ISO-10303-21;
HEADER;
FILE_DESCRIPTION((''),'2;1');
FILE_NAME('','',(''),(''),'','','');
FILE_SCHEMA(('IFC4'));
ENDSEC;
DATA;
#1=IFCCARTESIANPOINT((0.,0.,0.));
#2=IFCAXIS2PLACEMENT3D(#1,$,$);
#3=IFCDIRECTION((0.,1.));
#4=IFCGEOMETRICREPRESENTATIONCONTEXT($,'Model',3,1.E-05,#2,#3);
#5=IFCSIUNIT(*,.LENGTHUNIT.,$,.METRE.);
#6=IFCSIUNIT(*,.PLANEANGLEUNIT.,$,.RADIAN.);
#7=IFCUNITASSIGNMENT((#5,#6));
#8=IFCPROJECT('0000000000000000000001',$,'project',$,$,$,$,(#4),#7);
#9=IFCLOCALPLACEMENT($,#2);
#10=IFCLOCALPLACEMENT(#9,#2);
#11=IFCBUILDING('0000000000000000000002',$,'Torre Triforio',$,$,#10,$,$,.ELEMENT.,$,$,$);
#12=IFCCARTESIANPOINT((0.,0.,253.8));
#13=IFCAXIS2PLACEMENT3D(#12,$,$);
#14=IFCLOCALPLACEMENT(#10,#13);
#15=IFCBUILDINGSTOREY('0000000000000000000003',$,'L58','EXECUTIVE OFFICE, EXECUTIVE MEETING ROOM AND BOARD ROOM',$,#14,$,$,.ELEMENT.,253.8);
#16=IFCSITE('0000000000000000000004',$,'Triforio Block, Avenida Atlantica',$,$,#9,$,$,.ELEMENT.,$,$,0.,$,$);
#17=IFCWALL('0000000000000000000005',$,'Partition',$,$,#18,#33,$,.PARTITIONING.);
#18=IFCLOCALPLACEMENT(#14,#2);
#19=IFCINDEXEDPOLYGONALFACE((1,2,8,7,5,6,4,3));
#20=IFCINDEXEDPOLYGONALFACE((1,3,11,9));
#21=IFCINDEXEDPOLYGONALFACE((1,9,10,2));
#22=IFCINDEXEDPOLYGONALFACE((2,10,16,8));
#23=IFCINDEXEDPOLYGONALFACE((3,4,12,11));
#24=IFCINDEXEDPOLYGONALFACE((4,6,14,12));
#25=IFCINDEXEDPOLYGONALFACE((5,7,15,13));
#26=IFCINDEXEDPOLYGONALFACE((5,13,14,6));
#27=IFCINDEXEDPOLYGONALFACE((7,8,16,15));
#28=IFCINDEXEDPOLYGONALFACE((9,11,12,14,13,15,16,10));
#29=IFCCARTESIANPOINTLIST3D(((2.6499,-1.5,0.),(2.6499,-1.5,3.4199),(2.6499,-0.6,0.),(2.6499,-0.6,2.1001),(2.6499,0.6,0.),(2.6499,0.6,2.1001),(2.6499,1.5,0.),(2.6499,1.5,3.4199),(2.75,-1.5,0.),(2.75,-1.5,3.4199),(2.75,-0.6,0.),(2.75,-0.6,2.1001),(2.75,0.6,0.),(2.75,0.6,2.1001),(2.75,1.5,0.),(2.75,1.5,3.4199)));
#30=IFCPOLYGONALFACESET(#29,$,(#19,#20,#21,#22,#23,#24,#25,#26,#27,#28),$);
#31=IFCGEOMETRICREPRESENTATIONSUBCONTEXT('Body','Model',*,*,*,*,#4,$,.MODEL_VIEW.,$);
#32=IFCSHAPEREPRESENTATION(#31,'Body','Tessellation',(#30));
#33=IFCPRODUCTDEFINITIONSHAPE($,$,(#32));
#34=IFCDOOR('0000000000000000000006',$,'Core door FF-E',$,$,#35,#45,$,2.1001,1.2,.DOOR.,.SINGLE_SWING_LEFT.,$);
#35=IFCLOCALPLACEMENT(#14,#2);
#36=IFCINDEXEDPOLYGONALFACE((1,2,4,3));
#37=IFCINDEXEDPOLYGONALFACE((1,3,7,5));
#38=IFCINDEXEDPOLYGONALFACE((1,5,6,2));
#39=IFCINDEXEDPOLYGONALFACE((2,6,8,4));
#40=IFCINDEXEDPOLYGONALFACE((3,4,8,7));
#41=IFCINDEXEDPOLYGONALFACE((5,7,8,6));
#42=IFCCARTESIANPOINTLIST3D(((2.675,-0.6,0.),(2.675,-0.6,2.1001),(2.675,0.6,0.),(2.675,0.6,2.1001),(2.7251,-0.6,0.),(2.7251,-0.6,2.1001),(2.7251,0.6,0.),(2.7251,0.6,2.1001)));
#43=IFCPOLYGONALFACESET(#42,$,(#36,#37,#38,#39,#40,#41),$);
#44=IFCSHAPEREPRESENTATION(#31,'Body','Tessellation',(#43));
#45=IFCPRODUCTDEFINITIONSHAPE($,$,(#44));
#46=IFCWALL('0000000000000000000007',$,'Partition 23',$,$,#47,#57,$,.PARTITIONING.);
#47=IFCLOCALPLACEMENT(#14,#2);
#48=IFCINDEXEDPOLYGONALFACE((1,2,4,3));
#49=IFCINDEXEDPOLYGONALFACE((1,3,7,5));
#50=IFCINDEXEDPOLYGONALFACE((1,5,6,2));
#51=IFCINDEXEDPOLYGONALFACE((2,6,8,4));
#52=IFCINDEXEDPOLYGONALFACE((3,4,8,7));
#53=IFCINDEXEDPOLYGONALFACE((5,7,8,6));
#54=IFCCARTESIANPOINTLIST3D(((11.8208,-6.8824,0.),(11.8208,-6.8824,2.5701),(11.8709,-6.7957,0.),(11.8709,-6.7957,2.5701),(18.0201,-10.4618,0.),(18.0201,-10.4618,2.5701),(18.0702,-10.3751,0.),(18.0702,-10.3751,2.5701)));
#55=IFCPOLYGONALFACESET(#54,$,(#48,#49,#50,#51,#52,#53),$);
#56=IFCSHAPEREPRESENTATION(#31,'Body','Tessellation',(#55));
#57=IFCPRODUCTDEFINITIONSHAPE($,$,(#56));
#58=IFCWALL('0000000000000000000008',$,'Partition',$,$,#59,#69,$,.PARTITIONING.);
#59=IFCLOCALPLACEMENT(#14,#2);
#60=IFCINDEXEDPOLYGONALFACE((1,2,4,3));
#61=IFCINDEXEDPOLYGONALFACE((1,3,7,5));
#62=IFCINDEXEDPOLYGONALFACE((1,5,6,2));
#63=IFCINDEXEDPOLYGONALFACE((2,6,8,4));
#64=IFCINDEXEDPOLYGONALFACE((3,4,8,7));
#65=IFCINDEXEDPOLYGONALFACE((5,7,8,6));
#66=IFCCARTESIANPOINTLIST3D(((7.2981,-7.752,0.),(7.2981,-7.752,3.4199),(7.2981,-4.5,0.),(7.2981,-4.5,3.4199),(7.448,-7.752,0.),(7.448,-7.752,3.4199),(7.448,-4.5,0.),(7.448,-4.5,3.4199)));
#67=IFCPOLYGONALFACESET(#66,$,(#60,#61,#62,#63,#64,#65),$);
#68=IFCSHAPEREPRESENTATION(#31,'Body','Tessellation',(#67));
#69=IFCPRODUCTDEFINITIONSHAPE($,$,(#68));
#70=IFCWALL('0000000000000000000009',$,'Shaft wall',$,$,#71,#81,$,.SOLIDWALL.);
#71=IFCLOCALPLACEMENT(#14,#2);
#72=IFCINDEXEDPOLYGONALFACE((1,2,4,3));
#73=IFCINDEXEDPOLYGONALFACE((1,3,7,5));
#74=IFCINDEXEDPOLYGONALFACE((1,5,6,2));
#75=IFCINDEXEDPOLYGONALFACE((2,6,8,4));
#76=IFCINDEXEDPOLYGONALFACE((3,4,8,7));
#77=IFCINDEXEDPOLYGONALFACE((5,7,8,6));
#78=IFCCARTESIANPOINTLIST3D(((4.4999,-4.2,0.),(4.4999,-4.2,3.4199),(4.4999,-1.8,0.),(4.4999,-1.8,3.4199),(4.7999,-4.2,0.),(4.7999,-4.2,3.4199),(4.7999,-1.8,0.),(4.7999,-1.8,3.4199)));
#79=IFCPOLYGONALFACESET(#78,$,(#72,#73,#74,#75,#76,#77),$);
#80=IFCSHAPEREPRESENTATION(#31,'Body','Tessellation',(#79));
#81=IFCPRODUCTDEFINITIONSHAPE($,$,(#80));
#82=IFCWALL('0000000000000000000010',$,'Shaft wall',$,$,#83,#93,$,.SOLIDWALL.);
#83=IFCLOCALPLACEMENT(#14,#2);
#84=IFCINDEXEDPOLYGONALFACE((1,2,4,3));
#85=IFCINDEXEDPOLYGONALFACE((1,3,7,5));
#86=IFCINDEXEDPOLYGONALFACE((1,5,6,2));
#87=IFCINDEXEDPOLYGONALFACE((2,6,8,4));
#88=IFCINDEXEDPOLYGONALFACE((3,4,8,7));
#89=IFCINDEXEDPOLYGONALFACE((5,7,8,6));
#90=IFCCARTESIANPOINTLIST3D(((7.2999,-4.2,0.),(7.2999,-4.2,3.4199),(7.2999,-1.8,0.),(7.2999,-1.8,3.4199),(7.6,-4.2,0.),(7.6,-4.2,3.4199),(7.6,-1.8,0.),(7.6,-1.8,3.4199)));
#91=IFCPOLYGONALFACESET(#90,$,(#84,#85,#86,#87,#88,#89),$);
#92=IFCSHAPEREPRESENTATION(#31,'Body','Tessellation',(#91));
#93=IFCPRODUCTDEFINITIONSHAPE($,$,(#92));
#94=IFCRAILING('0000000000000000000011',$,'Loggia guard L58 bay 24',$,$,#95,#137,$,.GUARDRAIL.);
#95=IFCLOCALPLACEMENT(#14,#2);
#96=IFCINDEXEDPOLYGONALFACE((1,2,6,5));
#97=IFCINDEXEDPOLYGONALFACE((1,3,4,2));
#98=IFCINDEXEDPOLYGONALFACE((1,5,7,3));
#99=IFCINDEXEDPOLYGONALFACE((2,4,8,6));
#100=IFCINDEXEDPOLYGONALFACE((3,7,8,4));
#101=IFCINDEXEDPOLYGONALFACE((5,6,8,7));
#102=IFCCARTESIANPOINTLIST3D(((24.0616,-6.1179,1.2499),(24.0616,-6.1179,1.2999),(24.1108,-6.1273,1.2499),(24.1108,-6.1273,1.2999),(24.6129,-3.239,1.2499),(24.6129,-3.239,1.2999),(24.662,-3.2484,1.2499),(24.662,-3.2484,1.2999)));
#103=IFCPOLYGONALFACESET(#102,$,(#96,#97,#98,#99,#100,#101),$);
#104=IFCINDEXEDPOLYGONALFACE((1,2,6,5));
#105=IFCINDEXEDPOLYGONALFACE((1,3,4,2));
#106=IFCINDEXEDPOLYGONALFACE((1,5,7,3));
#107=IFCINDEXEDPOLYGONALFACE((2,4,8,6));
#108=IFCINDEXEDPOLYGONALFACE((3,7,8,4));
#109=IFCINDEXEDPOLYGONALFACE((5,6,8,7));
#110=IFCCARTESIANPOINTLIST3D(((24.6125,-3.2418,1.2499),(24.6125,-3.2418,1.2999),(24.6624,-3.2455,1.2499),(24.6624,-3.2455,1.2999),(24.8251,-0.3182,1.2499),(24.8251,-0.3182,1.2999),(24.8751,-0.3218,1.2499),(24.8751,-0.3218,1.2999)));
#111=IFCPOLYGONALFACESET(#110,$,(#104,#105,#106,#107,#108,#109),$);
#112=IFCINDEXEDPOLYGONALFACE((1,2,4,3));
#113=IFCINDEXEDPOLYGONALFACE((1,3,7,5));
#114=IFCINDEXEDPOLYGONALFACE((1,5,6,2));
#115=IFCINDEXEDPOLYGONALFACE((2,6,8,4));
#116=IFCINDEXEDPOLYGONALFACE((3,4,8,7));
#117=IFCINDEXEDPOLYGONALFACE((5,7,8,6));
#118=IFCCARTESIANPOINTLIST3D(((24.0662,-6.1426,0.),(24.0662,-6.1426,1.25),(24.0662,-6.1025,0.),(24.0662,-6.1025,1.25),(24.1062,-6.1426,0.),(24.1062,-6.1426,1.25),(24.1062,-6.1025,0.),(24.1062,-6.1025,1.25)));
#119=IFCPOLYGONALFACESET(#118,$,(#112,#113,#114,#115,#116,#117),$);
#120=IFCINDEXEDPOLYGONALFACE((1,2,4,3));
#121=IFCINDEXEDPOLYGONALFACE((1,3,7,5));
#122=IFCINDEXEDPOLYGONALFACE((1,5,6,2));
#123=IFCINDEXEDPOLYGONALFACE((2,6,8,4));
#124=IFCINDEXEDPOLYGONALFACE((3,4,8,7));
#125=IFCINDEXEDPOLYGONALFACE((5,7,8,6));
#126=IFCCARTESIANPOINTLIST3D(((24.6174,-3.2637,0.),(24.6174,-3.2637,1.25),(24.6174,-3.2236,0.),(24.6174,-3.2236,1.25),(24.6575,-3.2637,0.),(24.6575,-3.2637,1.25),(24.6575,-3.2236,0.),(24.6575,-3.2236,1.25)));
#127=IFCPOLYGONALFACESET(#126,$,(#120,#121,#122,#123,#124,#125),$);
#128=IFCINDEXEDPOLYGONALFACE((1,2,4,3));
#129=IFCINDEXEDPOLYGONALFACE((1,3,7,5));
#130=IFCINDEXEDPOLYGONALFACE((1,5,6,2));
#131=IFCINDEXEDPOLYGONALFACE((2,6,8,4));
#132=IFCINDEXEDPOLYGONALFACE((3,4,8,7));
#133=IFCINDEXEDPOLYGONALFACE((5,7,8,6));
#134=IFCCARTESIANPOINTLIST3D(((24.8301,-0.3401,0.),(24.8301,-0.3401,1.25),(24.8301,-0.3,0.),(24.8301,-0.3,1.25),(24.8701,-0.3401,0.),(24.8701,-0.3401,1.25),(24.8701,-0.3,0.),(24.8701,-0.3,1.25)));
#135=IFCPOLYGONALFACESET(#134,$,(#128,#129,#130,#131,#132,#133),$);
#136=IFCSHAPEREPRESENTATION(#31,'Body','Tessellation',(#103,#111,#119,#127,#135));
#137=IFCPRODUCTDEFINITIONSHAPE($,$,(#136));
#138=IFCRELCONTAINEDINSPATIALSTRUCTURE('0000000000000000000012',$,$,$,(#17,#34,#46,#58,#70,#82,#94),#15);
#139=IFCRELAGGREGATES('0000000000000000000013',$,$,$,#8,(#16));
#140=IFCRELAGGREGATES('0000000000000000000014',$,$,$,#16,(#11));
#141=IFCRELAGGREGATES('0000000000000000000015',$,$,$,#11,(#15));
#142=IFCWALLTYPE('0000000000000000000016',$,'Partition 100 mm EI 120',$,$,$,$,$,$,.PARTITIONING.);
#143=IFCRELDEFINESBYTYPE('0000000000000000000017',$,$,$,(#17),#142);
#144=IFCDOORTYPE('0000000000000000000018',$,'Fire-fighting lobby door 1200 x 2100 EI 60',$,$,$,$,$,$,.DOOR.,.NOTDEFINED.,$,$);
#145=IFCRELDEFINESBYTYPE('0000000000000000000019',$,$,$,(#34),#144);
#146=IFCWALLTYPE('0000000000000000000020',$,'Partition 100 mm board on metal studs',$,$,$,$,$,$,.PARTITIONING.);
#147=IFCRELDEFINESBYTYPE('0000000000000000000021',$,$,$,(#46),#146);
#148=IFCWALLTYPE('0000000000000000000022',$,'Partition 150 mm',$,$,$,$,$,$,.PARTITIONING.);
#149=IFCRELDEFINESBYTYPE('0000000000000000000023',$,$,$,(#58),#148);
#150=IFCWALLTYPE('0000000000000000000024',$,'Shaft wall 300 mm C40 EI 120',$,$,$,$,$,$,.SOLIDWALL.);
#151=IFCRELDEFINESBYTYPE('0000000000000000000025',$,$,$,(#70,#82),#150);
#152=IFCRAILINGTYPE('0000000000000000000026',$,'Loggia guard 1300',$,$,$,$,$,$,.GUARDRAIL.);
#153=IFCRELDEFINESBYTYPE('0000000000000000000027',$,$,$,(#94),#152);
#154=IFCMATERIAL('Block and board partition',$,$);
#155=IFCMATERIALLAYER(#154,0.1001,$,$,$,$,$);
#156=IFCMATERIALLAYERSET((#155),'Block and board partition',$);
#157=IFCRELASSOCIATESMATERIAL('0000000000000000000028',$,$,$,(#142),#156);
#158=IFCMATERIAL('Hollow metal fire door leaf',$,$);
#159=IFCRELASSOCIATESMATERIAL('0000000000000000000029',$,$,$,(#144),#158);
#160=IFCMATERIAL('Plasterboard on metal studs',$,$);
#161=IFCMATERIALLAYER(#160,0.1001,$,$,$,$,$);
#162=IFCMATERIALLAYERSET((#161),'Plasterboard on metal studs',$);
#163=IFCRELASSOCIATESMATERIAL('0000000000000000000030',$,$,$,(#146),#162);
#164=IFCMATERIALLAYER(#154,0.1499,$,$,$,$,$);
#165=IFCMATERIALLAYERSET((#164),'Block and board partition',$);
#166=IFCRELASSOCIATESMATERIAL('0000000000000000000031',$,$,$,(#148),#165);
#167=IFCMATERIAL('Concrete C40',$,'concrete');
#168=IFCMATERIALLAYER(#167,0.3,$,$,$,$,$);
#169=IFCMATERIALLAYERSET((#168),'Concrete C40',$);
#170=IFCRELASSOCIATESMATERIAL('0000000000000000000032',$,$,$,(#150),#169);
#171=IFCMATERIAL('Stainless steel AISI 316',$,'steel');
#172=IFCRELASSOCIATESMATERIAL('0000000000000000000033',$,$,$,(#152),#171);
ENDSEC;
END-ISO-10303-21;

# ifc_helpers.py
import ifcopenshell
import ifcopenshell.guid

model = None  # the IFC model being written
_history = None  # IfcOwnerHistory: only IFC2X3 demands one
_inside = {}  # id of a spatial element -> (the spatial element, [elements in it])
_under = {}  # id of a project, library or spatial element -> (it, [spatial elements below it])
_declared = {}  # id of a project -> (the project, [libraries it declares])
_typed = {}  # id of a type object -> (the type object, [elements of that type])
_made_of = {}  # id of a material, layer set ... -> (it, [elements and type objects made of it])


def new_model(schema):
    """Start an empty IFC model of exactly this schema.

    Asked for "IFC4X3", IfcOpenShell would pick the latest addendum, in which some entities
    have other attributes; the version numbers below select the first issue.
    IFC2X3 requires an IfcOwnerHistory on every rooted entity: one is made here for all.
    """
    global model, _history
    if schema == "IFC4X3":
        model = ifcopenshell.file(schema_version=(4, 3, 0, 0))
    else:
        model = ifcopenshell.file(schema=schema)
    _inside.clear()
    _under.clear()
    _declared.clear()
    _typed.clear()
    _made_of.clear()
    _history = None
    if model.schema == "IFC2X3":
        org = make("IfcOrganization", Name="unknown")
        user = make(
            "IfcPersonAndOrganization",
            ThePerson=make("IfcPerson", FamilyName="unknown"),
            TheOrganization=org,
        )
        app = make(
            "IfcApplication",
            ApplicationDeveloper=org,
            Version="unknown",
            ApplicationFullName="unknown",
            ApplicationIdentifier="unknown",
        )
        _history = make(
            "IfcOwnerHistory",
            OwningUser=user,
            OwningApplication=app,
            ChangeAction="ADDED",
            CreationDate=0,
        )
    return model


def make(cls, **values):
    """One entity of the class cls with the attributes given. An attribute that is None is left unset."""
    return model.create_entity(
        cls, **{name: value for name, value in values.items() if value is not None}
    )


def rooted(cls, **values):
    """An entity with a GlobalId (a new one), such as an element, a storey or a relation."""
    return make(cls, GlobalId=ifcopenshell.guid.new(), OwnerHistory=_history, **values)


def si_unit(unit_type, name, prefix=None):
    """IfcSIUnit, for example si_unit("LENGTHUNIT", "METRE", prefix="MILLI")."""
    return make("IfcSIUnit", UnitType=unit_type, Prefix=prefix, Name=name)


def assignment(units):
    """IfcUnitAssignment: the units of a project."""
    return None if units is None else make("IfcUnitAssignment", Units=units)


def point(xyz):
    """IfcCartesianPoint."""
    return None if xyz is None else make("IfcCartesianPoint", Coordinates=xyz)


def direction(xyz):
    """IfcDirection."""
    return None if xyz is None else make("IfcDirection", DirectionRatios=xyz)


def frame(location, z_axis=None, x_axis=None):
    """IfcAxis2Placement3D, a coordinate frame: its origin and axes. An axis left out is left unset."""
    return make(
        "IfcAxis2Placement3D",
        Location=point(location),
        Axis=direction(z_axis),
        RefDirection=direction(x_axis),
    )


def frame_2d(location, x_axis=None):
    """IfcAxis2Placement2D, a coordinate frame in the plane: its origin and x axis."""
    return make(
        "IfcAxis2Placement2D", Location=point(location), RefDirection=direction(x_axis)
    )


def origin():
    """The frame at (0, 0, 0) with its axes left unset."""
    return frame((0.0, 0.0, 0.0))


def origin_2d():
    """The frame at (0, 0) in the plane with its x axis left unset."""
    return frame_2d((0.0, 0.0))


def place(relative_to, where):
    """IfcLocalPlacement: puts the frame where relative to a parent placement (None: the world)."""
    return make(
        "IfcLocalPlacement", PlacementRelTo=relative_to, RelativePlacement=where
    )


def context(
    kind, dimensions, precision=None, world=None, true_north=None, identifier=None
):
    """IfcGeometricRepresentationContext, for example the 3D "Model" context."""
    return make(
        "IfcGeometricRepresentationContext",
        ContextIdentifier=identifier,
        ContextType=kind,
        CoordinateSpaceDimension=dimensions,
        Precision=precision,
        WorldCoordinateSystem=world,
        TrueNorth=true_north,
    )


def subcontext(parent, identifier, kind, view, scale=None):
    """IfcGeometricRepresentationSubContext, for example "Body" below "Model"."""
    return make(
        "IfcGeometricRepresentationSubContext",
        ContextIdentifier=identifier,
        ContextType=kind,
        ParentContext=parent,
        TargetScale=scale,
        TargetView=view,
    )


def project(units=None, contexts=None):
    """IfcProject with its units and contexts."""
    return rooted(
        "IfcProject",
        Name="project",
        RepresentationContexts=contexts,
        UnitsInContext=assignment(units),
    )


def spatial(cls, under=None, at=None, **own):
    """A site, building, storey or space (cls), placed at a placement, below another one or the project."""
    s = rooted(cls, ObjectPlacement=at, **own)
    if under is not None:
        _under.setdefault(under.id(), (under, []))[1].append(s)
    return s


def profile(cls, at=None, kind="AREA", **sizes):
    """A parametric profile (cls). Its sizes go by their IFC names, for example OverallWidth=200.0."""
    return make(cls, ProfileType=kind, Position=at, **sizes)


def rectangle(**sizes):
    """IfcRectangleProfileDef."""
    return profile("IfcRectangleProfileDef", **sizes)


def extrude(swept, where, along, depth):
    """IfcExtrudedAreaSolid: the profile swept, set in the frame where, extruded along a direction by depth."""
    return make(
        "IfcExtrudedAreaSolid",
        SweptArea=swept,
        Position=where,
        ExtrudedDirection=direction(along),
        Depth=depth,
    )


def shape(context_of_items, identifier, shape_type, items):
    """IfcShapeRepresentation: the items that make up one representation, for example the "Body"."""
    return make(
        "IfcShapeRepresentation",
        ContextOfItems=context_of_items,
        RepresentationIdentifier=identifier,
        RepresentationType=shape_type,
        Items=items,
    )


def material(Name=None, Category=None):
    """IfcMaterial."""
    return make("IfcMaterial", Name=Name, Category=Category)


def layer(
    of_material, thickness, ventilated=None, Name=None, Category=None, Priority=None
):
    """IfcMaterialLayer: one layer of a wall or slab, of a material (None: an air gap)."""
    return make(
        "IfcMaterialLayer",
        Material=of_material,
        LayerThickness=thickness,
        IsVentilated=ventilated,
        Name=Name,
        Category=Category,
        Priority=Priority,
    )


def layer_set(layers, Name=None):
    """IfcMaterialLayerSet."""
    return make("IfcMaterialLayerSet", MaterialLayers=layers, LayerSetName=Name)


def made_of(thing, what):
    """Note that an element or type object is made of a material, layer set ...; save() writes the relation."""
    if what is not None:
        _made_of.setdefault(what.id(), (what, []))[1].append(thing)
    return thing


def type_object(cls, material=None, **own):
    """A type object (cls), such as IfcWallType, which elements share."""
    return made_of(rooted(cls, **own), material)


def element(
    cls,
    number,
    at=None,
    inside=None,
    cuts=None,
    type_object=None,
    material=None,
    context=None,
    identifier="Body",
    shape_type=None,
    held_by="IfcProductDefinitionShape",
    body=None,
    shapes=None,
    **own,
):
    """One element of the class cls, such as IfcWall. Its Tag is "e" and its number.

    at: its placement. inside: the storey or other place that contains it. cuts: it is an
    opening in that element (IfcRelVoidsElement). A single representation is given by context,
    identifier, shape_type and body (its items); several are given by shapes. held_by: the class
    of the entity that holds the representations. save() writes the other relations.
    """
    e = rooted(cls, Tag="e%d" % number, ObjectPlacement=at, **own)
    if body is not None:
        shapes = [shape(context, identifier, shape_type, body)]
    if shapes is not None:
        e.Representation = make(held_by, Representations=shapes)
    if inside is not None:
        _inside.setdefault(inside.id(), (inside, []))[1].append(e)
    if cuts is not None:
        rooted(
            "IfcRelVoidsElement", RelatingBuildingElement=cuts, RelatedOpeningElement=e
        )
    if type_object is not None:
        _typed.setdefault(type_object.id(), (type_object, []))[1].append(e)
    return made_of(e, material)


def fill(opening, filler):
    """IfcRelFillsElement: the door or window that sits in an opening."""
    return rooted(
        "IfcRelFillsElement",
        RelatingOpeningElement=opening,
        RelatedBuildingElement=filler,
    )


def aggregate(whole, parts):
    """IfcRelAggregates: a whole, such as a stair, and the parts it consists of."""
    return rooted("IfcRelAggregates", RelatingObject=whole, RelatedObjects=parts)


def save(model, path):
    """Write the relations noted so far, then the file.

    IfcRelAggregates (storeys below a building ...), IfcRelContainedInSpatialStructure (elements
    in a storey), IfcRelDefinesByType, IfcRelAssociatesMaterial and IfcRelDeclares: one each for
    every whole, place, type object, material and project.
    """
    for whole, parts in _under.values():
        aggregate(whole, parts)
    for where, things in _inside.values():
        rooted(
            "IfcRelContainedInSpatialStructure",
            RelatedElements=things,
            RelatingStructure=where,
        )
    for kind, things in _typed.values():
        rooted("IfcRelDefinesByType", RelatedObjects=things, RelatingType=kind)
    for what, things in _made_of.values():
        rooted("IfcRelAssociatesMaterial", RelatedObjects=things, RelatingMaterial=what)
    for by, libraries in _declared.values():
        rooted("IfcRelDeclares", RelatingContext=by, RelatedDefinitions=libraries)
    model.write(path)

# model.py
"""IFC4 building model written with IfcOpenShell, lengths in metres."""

from ifc_helpers import new_model, si_unit, direction, frame, frame_2d, origin, origin_2d, place, context, subcontext, project, spatial, rectangle, extrude, material, layer, layer_set, type_object, element, fill, save


model = new_model("IFC4")

# Units and contexts
model_context = context("Model", 3, precision=1e-05, world=origin(), true_north=direction((0.0, 1.0)))
body_context = subcontext(model_context, "Body", "Model", "MODEL_VIEW")
ifc_project = project(units=[si_unit("LENGTHUNIT", "METRE"), si_unit("PLANEANGLEUNIT", "RADIAN")], contexts=[model_context])

# Site, building, storey
site_placement = place(None, origin())
site = spatial("IfcSite", under=ifc_project, at=site_placement, Name="Triforio Block, Avenida Atlantica", CompositionType="ELEMENT", RefElevation=0.0)
building_placement = place(site_placement, origin())
building = spatial("IfcBuilding", under=site, at=building_placement, Name="Torre Triforio", CompositionType="ELEMENT")
storey_placement = place(building_placement, frame((0.0, 0.0, 253.8)))
storey = spatial("IfcBuildingStorey", under=building, at=storey_placement, Name="L58", Description="EXECUTIVE OFFICE, EXECUTIVE MEETING ROOM AND BOARD ROOM", CompositionType="ELEMENT", Elevation=253.8)

# Shared definitions
ifc_material_1 = material(Name="Concrete C40", Category="concrete")

# Shared definitions
ifc_material_2 = material(Name="Hollow metal fire door leaf")

# Shared definitions
ifc_material_3 = material(Name="Plasterboard on metal studs")

# Wall, opening, door
ifc_material_4 = material(Name="Block and board partition")
ifc_layer_1 = layer(ifc_material_4, 0.1001)
ifc_layer_set_1 = layer_set([ifc_layer_1], Name="Block and board partition")
wall_type_1 = type_object("IfcWallType", Name="Partition 100 mm EI 120", PredefinedType="PARTITIONING", material=ifc_layer_set_1)
wall_1_placement = place(storey_placement, frame((2.7, -1.5, 0.0), z_axis=(0.0, 0.0, 1.0), x_axis=(0.0, 1.0, 0.0)))
wall_1 = element("IfcWall", 1, at=wall_1_placement, inside=storey, type_object=wall_type_1, Name="Partition", PredefinedType="PARTITIONING", context=body_context, shape_type="SweptSolid", body=[
    extrude(rectangle(XDim=3.0, YDim=0.1001, at=frame_2d((1.5, 0.0))), origin(), (0.0, 0.0, 1.0), 3.4199),
])
opening_1_placement = place(wall_1_placement, frame((0.8999, 0.0, 0.0)))
opening_1 = element("IfcOpeningElement", 2, at=opening_1_placement, cuts=wall_1, PredefinedType="OPENING", context=body_context, shape_type="SweptSolid", body=[
    extrude(rectangle(XDim=1.2, YDim=2.1001, at=frame_2d((0.6001, 1.05))), frame((0.0, 0.0601, 0.0), z_axis=(0.0, -1.0, 0.0), x_axis=(1.0, 0.0, 0.0)), (0.0, 0.0, 1.0), 0.1201),
])
door_type_1 = type_object("IfcDoorType", Name="Fire-fighting lobby door 1200 x 2100 EI 60", OperationType="NOTDEFINED", PredefinedType="DOOR", material=ifc_material_2)
door_1_placement = place(opening_1_placement, origin())
door_1 = element("IfcDoor", 3, at=door_1_placement, inside=storey, type_object=door_type_1, Name="Core door FF-E", OperationType="SINGLE_SWING_LEFT", OverallHeight=2.1001, OverallWidth=1.2, PredefinedType="DOOR", context=body_context, shape_type="SweptSolid", body=[
    extrude(rectangle(XDim=1.2, YDim=2.1001, at=frame_2d((0.6001, 1.05))), frame((0.0, 0.0249, 0.0), z_axis=(0.0, -1.0, 0.0), x_axis=(1.0, 0.0, 0.0)), (0.0, 0.0, 1.0), 0.05),
])
fill(opening_1, door_1)

# Walls
ifc_layer_2 = layer(ifc_material_3, 0.1001)
ifc_layer_set_2 = layer_set([ifc_layer_2], Name="Plasterboard on metal studs")
wall_type_2 = type_object("IfcWallType", Name="Partition 100 mm board on metal studs", PredefinedType="PARTITIONING", material=ifc_layer_set_2)
wall_2_placement = place(storey_placement, frame((11.8459, -6.8391, 0.0), z_axis=(0.0, 0.0, 1.0), x_axis=(0.866012, -0.500024, 0.0)))
element("IfcWall", 4, at=wall_2_placement, inside=storey, type_object=wall_type_2, Name="Partition 23", PredefinedType="PARTITIONING", context=body_context, shape_type="SweptSolid", body=[
    extrude(rectangle(XDim=7.1584, YDim=0.1001, at=frame_2d((3.5791, 0.0))), origin(), (0.0, 0.0, 1.0), 2.5701),
])
ifc_layer_3 = layer(ifc_material_4, 0.1499)
ifc_layer_set_3 = layer_set([ifc_layer_3], Name="Block and board partition")
wall_type_3 = type_object("IfcWallType", Name="Partition 150 mm", PredefinedType="PARTITIONING", material=ifc_layer_set_3)
wall_3_placement = place(storey_placement, frame((7.373, -7.752, 0.0), z_axis=(0.0, 0.0, 1.0), x_axis=(0.0, 1.0, 0.0)))
element("IfcWall", 5, at=wall_3_placement, inside=storey, type_object=wall_type_3, Name="Partition", PredefinedType="PARTITIONING", context=body_context, shape_type="SweptSolid", body=[
    extrude(rectangle(XDim=3.252, YDim=0.1499, at=frame_2d((1.626, 0.0))), origin(), (0.0, 0.0, 1.0), 3.4199),
])
ifc_layer_4 = layer(ifc_material_1, 0.3)
ifc_layer_set_4 = layer_set([ifc_layer_4], Name="Concrete C40")
wall_type_4 = type_object("IfcWallType", Name="Shaft wall 300 mm C40 EI 120", PredefinedType="SOLIDWALL", material=ifc_layer_set_4)
for number, where, z_axis, x_axis, name in (
    (6, (4.6499, -4.2, 0.0), (0.0, 0.0, 1.0), (0.0, 1.0, 0.0), "Shaft wall"),
    (7, (7.45, -4.2, 0.0), (0.0, 0.0, 1.0), (0.0, 1.0, 0.0), "Shaft wall"),
):
    element("IfcWall", number, at=place(storey_placement, frame(where, z_axis=z_axis, x_axis=x_axis)), inside=storey, type_object=wall_type_4, Name=name, PredefinedType="SOLIDWALL", context=body_context, shape_type="SweptSolid", body=[
        extrude(rectangle(XDim=2.3999, YDim=0.3, at=frame_2d((1.2, 0.0))), origin(), (0.0, 0.0, 1.0), 3.4199),
    ])

# Railing
ifc_material_5 = material(Name="Stainless steel AISI 316", Category="steel")
railing_type = type_object("IfcRailingType", Name="Loggia guard 1300", PredefinedType="GUARDRAIL", material=ifc_material_5)
railing_placement = place(storey_placement, frame((24.0862, -6.1226, 0.0)))
element("IfcRailing", 8, at=railing_placement, inside=storey, type_object=railing_type, Name="Loggia guard L58 bay 24", PredefinedType="GUARDRAIL", context=body_context, shape_type="SweptSolid", body=[
    extrude(rectangle(XDim=0.05, YDim=0.05, at=origin_2d()), frame((0.0, 0.0, 1.2749), z_axis=(0.188069, 0.982156, 0.0), x_axis=(-0.982156, 0.188069, 0.0)), (0.0, 0.0, 1.0), 2.9312),
    extrude(rectangle(XDim=0.05, YDim=0.05, at=origin_2d()), frame((0.5513, 2.8789, 1.2749), z_axis=(0.072543, 0.997365, 0.0), x_axis=(-0.997365, 0.072543, 0.0)), (0.0, 0.0, 1.0), 2.9314),
    extrude(rectangle(XDim=0.04, YDim=0.04, at=origin_2d()), origin(), (0.0, 0.0, 1.0), 1.25),
    extrude(rectangle(XDim=0.04, YDim=0.04, at=origin_2d()), frame((0.5513, 2.8789, 0.0)), (0.0, 0.0, 1.0), 1.25),
    extrude(rectangle(XDim=0.04, YDim=0.04, at=origin_2d()), frame((0.7639, 5.8025, 0.0)), (0.0, 0.0, 1.0), 1.25),
])

save(model, "model.ifc")
